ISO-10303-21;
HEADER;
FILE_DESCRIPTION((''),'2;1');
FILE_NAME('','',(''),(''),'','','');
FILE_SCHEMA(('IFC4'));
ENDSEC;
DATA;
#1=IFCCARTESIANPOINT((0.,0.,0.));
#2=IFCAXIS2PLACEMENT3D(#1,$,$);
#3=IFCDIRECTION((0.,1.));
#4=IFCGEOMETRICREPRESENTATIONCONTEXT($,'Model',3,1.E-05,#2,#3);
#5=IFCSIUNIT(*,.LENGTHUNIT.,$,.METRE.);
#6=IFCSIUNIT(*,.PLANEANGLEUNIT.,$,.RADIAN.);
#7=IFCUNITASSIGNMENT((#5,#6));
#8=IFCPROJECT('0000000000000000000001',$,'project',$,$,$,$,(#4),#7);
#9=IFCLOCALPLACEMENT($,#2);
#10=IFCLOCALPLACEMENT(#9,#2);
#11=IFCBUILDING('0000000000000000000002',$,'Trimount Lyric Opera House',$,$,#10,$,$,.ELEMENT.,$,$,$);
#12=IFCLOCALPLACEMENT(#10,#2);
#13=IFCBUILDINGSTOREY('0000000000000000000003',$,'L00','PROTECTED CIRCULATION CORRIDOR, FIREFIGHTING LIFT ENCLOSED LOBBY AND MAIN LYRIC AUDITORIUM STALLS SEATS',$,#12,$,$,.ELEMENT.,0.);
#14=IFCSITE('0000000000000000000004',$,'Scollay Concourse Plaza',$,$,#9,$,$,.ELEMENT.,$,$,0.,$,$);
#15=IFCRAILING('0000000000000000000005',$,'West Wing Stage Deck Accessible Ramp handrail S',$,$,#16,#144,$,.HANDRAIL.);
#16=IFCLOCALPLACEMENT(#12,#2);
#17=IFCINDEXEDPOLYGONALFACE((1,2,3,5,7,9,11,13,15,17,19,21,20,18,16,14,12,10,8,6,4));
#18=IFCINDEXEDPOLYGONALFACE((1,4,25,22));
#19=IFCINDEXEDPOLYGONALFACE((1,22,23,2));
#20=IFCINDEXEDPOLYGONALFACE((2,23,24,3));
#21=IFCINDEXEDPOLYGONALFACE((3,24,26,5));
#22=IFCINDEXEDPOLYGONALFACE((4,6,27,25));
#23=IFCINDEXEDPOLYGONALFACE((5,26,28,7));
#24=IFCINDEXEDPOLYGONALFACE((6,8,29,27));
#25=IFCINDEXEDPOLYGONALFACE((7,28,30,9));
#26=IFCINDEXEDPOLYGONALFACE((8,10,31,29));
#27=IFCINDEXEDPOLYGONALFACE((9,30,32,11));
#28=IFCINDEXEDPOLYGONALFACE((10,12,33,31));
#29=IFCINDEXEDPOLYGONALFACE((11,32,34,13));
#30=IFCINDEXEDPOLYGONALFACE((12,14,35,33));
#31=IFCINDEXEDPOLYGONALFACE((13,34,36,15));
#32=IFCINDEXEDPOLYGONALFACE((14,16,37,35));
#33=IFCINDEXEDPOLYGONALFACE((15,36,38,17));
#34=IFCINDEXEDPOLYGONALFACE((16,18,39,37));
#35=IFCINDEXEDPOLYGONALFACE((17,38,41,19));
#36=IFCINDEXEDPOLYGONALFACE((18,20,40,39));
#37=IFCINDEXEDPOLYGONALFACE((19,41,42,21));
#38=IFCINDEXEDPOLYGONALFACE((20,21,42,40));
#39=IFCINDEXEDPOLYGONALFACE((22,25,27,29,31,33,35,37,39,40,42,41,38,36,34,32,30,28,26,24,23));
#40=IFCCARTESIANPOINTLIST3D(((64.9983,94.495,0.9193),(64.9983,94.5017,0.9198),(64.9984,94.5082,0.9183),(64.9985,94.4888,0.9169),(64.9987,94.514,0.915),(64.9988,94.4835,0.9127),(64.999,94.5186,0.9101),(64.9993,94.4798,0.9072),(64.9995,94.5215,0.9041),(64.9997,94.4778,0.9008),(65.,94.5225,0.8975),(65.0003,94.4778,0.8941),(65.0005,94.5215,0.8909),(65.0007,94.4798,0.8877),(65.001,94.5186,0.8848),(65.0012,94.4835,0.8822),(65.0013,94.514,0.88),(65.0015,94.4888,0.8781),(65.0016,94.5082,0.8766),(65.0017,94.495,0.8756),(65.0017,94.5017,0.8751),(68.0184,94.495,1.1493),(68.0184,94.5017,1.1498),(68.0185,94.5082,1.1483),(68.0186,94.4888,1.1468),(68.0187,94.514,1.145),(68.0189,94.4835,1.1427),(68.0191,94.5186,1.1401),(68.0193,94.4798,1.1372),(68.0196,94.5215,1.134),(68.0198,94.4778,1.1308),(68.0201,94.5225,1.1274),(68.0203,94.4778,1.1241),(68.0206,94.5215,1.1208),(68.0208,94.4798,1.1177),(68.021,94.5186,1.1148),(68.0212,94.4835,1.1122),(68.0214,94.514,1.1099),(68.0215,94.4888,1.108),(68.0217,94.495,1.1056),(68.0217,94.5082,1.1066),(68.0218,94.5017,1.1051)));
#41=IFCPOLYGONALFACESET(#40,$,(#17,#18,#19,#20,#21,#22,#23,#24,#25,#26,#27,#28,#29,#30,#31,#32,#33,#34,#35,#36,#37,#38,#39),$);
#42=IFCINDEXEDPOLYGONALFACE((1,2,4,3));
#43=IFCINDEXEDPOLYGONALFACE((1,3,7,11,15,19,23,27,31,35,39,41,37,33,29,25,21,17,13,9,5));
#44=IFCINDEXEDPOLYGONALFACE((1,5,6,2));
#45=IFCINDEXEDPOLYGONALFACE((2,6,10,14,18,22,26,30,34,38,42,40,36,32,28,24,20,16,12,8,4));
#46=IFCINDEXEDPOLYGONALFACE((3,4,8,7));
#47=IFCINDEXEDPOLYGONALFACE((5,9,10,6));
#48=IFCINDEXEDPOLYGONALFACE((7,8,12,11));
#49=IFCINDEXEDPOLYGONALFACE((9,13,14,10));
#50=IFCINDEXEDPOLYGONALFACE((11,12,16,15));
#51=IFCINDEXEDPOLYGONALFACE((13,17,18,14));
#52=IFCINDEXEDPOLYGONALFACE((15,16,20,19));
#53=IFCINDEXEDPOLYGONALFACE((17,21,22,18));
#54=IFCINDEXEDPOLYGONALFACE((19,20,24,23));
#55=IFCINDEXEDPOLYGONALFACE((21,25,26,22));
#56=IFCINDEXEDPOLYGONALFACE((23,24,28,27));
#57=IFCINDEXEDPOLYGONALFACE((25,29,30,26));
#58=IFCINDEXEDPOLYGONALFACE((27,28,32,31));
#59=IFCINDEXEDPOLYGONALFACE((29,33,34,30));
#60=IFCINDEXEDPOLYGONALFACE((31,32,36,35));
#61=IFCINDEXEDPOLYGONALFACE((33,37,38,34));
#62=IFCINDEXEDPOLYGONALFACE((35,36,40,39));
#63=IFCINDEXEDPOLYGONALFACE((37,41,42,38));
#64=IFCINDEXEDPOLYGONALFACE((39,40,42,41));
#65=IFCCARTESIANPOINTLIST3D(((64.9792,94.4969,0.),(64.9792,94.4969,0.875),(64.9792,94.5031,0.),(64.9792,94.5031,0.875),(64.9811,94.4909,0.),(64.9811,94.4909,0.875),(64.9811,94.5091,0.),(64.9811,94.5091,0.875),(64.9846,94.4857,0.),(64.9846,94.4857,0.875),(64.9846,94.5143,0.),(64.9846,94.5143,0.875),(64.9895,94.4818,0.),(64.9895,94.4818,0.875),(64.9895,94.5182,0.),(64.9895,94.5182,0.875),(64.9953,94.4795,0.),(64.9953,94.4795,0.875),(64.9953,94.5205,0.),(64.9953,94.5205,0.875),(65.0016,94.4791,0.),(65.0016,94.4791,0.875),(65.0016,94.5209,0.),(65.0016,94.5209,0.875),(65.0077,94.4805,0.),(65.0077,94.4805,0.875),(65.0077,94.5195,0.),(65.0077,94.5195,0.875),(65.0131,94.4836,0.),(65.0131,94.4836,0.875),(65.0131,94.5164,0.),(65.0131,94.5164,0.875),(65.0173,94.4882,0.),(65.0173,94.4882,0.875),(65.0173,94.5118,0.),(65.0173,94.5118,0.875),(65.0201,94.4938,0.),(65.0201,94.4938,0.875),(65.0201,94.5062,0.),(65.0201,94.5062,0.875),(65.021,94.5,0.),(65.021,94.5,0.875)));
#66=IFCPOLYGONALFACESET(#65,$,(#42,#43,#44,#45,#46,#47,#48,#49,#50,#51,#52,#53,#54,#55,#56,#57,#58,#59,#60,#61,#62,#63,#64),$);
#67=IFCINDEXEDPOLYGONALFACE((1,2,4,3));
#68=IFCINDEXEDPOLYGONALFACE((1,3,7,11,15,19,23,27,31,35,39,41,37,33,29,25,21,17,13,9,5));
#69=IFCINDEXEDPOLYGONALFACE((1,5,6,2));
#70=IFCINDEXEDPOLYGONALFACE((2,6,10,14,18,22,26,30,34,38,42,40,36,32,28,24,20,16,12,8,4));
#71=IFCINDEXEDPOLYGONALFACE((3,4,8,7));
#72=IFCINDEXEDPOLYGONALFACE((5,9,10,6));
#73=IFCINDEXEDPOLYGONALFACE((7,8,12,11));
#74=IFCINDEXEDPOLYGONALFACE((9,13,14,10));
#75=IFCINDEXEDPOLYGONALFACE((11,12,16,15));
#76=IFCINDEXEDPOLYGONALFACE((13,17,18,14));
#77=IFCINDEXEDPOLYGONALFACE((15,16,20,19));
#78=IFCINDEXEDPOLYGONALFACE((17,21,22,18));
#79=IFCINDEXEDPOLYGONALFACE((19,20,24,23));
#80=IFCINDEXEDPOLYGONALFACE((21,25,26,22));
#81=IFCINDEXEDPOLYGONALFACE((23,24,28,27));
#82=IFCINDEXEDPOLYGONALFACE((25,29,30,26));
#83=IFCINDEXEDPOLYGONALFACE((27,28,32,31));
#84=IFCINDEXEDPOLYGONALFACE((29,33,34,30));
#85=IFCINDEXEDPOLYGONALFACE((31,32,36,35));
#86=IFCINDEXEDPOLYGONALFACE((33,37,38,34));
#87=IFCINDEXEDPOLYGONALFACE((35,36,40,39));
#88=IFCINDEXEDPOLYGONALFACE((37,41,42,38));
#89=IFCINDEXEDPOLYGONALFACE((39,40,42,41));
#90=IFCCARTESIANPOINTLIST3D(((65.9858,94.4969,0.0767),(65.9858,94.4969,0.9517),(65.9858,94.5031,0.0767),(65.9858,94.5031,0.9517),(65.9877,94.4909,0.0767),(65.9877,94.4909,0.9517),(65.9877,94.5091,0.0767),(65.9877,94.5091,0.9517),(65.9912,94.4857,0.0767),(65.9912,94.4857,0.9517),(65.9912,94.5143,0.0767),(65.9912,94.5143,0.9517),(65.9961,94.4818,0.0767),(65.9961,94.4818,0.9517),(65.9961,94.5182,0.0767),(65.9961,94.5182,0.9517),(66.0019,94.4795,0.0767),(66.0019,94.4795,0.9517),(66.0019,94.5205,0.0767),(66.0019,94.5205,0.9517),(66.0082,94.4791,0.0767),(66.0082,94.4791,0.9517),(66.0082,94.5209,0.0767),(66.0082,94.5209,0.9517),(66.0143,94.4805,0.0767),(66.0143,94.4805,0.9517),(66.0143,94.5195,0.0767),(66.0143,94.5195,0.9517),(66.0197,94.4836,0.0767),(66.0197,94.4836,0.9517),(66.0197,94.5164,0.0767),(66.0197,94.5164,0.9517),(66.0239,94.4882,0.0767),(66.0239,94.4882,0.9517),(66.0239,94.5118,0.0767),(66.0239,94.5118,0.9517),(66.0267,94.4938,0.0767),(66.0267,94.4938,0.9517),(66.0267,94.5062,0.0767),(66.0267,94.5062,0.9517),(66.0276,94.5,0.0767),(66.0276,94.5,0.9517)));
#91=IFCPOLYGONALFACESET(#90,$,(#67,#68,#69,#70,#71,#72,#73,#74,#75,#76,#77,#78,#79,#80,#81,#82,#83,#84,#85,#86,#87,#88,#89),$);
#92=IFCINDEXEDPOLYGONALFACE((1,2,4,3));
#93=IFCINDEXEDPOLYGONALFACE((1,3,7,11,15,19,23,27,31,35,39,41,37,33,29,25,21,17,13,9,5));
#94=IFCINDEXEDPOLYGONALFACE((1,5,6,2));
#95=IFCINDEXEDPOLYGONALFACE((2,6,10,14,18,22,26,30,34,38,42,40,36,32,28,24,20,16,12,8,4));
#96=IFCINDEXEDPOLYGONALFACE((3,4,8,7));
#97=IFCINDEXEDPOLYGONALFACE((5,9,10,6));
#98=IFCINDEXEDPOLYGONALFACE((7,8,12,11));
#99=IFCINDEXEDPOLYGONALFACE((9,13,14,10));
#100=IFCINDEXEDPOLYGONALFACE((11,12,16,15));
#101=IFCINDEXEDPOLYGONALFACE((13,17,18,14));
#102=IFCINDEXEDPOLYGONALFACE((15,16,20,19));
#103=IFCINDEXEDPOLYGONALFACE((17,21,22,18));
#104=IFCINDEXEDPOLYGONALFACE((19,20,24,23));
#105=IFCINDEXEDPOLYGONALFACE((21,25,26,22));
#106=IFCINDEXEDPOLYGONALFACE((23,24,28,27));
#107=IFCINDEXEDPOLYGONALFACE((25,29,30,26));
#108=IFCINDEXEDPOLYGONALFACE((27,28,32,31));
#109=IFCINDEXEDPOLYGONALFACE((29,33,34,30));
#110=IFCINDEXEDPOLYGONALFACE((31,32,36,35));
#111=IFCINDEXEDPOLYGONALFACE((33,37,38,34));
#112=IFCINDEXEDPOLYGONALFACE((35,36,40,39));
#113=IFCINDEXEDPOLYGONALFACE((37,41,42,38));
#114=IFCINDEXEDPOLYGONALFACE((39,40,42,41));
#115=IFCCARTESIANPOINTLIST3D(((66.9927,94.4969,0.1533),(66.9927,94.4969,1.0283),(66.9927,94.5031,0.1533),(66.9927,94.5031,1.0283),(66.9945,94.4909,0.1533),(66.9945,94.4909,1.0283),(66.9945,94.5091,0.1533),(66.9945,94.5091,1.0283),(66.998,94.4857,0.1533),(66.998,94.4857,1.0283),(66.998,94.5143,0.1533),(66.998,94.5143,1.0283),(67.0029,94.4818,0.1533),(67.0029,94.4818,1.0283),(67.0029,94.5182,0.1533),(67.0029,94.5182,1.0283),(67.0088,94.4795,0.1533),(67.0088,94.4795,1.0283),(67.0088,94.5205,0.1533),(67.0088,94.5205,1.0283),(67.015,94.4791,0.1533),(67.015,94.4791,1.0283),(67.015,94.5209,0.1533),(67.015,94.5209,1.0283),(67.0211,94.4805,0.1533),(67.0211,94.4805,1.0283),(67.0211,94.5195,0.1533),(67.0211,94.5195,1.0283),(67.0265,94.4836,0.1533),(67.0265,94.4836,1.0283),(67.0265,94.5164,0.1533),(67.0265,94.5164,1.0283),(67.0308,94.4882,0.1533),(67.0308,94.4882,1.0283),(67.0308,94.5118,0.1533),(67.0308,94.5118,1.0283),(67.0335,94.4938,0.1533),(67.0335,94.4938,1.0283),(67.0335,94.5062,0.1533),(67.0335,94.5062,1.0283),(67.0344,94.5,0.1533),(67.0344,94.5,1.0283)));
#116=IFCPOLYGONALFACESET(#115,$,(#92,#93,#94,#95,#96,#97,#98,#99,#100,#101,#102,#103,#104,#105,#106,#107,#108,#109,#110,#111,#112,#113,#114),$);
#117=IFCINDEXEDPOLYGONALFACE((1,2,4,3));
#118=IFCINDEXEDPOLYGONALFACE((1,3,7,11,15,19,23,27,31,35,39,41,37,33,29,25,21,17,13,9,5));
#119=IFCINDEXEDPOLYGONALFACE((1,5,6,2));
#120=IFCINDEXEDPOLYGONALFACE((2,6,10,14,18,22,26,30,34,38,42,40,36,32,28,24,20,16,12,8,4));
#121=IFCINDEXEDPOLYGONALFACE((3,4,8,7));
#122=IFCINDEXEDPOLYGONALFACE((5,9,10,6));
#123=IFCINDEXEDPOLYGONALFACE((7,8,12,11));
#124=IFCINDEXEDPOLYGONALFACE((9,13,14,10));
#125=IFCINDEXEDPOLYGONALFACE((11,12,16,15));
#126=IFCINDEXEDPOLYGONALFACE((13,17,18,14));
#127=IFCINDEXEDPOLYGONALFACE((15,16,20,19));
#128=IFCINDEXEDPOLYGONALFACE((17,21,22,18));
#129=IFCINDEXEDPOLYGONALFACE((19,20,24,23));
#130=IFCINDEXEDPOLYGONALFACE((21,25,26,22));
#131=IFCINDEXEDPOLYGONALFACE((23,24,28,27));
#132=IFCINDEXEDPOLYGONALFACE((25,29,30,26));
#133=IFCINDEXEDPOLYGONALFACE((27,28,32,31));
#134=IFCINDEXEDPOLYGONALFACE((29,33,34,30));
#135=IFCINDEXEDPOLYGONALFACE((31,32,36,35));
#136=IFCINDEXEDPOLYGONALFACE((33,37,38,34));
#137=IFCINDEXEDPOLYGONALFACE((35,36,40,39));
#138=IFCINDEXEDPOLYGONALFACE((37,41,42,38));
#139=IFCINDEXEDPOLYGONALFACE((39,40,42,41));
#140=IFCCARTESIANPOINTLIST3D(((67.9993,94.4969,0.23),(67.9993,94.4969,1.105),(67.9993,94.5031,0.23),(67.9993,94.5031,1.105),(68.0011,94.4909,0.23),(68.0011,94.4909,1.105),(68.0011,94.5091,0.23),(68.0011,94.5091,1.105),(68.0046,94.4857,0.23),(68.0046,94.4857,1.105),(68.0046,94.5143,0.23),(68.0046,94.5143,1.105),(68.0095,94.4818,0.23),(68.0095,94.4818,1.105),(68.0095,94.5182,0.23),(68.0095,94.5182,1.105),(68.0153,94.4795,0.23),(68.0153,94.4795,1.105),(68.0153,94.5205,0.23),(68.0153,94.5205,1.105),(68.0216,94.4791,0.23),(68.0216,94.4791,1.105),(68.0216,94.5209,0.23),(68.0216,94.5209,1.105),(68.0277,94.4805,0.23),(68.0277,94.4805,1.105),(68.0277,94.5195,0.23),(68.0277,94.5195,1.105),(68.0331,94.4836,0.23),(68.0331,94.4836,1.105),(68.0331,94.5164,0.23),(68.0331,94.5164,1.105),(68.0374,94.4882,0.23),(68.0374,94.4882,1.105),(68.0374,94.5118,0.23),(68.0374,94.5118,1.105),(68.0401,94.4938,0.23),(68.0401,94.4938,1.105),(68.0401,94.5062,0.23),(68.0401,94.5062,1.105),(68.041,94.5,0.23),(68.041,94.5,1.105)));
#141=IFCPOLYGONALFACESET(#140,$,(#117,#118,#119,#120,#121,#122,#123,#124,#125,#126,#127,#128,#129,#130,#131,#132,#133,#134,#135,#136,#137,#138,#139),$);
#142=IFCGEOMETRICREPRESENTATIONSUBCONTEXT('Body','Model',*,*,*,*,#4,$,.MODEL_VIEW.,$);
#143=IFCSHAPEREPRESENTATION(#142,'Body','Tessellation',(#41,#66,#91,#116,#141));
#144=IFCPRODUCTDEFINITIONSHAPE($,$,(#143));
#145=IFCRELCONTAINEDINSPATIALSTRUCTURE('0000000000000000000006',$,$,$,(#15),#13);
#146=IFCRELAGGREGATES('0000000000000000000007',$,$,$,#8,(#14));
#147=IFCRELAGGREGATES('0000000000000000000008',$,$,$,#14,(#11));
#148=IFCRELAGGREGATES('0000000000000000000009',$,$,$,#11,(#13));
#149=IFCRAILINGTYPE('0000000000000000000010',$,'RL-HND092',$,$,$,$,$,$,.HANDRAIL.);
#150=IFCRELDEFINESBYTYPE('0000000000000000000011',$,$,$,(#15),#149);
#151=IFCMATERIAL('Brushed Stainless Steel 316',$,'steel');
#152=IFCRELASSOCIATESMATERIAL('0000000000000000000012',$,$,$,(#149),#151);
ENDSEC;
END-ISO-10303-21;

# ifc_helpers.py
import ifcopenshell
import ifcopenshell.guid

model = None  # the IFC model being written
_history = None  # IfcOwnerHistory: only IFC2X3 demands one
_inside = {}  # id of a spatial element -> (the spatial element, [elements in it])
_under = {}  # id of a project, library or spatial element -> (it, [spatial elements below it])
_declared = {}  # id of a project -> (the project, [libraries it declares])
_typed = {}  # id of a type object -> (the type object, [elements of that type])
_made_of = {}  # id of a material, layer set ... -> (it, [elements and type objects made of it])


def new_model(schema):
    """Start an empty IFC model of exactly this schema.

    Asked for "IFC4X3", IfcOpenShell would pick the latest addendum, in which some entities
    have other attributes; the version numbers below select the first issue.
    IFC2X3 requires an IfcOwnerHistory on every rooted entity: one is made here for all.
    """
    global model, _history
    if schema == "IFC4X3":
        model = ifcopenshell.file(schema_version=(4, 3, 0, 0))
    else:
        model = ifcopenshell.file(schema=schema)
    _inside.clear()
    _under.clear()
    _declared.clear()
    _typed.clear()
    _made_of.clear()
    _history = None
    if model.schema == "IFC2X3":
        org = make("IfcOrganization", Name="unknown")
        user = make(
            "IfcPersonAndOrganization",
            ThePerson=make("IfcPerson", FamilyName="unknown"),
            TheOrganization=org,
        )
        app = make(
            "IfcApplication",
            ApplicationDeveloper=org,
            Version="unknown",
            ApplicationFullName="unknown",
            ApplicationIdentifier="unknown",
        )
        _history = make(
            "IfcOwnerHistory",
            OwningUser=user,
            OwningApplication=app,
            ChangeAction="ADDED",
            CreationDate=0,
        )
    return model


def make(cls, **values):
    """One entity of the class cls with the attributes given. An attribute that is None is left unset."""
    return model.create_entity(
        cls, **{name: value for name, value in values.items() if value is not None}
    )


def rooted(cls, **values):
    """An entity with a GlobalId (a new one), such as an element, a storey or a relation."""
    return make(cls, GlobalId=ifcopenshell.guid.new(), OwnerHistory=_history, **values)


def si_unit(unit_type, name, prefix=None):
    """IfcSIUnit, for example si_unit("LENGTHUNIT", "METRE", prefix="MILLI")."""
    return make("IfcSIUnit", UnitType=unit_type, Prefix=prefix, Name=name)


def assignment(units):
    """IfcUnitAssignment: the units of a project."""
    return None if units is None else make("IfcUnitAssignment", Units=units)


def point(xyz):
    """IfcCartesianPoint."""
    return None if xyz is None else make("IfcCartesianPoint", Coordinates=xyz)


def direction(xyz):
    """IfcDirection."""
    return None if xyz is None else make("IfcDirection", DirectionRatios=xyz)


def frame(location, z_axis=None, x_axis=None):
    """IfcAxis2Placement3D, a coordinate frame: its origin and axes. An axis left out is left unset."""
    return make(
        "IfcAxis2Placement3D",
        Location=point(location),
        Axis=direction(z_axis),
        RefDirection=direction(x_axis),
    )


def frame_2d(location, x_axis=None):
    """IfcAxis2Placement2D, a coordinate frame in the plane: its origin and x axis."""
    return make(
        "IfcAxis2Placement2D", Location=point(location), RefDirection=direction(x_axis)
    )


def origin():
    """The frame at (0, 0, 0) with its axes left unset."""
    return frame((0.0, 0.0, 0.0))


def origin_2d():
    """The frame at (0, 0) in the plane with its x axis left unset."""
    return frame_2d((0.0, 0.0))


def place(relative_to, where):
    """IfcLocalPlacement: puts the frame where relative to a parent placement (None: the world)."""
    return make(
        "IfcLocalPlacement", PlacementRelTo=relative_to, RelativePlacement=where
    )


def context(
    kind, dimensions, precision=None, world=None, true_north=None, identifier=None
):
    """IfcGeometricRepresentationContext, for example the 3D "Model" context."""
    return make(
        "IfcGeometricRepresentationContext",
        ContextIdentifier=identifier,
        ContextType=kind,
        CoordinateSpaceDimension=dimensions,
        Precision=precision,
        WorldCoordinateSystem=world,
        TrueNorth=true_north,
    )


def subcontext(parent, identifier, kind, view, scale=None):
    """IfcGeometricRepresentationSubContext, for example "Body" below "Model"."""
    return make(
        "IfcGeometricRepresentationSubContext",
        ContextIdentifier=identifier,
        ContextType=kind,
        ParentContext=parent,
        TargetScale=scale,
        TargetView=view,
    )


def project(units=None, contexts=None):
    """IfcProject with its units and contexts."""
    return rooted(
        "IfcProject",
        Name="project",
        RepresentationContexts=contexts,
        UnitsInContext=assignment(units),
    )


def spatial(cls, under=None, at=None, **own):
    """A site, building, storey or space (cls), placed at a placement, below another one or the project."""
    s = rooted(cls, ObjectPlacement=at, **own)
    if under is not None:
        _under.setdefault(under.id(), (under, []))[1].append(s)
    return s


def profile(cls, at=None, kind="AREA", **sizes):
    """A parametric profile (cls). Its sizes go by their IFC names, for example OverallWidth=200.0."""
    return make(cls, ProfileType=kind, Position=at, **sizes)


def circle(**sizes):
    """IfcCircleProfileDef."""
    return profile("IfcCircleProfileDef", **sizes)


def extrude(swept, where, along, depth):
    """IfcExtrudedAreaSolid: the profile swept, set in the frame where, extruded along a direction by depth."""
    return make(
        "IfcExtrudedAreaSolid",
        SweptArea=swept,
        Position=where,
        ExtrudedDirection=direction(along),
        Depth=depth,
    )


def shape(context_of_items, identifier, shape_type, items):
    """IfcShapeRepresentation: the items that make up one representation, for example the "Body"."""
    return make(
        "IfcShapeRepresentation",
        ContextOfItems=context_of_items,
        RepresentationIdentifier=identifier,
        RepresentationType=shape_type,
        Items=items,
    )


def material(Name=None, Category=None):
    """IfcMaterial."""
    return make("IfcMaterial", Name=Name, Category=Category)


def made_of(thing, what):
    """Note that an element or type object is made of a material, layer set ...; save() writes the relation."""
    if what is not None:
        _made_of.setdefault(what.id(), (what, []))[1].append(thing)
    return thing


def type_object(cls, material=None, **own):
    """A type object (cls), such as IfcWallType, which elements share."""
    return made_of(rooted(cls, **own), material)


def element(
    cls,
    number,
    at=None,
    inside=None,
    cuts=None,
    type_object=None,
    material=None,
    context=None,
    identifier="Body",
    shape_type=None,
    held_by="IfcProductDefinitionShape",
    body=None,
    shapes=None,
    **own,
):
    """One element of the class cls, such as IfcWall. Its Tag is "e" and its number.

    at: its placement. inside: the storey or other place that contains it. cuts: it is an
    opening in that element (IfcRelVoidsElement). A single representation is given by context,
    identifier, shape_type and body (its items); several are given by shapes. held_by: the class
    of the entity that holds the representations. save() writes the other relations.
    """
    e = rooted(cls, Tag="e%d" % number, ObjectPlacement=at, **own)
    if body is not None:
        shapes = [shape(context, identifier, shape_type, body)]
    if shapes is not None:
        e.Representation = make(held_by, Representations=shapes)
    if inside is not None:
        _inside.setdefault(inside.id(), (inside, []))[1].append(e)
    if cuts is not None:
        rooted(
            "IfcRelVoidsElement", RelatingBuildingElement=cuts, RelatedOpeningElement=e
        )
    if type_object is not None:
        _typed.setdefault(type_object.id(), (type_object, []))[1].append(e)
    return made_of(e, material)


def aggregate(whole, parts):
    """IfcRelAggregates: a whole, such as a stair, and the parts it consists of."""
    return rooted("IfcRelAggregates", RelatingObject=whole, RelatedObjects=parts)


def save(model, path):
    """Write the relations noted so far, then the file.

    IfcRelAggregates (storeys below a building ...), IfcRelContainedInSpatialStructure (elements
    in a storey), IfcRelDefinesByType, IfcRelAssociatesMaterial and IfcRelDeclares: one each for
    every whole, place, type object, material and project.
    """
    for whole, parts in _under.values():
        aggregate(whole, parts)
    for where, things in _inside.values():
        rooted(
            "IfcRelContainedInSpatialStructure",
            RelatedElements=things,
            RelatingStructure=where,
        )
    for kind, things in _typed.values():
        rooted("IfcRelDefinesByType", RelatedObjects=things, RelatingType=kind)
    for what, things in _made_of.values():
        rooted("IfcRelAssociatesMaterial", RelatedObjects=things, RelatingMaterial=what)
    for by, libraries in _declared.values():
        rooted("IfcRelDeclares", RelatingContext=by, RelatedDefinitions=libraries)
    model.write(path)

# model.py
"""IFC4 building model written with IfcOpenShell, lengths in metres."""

from ifc_helpers import new_model, si_unit, direction, frame, origin, origin_2d, place, context, subcontext, project, spatial, circle, extrude, material, type_object, element, save


model = new_model("IFC4")

# Units and contexts
model_context = context("Model", 3, precision=1e-05, world=origin(), true_north=direction((0.0, 1.0)))
body_context = subcontext(model_context, "Body", "Model", "MODEL_VIEW")
ifc_project = project(units=[si_unit("LENGTHUNIT", "METRE"), si_unit("PLANEANGLEUNIT", "RADIAN")], contexts=[model_context])

# Site, building, storey
site_placement = place(None, origin())
site = spatial("IfcSite", under=ifc_project, at=site_placement, Name="Scollay Concourse Plaza", CompositionType="ELEMENT", RefElevation=0.0)
building_placement = place(site_placement, origin())
building = spatial("IfcBuilding", under=site, at=building_placement, Name="Trimount Lyric Opera House", CompositionType="ELEMENT")
storey_placement = place(building_placement, origin())
storey = spatial("IfcBuildingStorey", under=building, at=storey_placement, Name="L00", Description="PROTECTED CIRCULATION CORRIDOR, FIREFIGHTING LIFT ENCLOSED LOBBY AND MAIN LYRIC AUDITORIUM STALLS SEATS", CompositionType="ELEMENT", Elevation=0.0)

# Railing
ifc_material_1 = material(Name="Brushed Stainless Steel 316", Category="steel")
railing_type = type_object("IfcRailingType", Name="RL-HND092", PredefinedType="HANDRAIL", material=ifc_material_1)
for number, where, name in (
    (1, (65.0, 94.5, 0.0), "West Wing Stage Deck Accessible Ramp handrail S"),
):
    element("IfcRailing", number, at=place(storey_placement, frame(where)), inside=storey, type_object=railing_type, Name=name, PredefinedType="HANDRAIL", context=body_context, shape_type="SweptSolid", body=[
        extrude(circle(Radius=0.0225, at=origin_2d()), frame((0.0, 0.0, 0.8975), z_axis=(0.997113, 0.0, 0.075932), x_axis=(0.0, 1.0, 0.0)), (0.0, 0.0, 1.0), 3.0288),
        extrude(circle(Radius=0.021, at=origin_2d()), origin(), (0.0, 0.0, 1.0), 0.875),
        extrude(circle(Radius=0.021, at=origin_2d()), frame((1.0066, 0.0, 0.0767)), (0.0, 0.0, 1.0), 0.875),
        extrude(circle(Radius=0.021, at=origin_2d()), frame((2.0134, 0.0, 0.1533)), (0.0, 0.0, 1.0), 0.875),
        extrude(circle(Radius=0.021, at=origin_2d()), frame((3.02, 0.0, 0.23)), (0.0, 0.0, 1.0), 0.875),
    ])

save(model, "model.ifc")
